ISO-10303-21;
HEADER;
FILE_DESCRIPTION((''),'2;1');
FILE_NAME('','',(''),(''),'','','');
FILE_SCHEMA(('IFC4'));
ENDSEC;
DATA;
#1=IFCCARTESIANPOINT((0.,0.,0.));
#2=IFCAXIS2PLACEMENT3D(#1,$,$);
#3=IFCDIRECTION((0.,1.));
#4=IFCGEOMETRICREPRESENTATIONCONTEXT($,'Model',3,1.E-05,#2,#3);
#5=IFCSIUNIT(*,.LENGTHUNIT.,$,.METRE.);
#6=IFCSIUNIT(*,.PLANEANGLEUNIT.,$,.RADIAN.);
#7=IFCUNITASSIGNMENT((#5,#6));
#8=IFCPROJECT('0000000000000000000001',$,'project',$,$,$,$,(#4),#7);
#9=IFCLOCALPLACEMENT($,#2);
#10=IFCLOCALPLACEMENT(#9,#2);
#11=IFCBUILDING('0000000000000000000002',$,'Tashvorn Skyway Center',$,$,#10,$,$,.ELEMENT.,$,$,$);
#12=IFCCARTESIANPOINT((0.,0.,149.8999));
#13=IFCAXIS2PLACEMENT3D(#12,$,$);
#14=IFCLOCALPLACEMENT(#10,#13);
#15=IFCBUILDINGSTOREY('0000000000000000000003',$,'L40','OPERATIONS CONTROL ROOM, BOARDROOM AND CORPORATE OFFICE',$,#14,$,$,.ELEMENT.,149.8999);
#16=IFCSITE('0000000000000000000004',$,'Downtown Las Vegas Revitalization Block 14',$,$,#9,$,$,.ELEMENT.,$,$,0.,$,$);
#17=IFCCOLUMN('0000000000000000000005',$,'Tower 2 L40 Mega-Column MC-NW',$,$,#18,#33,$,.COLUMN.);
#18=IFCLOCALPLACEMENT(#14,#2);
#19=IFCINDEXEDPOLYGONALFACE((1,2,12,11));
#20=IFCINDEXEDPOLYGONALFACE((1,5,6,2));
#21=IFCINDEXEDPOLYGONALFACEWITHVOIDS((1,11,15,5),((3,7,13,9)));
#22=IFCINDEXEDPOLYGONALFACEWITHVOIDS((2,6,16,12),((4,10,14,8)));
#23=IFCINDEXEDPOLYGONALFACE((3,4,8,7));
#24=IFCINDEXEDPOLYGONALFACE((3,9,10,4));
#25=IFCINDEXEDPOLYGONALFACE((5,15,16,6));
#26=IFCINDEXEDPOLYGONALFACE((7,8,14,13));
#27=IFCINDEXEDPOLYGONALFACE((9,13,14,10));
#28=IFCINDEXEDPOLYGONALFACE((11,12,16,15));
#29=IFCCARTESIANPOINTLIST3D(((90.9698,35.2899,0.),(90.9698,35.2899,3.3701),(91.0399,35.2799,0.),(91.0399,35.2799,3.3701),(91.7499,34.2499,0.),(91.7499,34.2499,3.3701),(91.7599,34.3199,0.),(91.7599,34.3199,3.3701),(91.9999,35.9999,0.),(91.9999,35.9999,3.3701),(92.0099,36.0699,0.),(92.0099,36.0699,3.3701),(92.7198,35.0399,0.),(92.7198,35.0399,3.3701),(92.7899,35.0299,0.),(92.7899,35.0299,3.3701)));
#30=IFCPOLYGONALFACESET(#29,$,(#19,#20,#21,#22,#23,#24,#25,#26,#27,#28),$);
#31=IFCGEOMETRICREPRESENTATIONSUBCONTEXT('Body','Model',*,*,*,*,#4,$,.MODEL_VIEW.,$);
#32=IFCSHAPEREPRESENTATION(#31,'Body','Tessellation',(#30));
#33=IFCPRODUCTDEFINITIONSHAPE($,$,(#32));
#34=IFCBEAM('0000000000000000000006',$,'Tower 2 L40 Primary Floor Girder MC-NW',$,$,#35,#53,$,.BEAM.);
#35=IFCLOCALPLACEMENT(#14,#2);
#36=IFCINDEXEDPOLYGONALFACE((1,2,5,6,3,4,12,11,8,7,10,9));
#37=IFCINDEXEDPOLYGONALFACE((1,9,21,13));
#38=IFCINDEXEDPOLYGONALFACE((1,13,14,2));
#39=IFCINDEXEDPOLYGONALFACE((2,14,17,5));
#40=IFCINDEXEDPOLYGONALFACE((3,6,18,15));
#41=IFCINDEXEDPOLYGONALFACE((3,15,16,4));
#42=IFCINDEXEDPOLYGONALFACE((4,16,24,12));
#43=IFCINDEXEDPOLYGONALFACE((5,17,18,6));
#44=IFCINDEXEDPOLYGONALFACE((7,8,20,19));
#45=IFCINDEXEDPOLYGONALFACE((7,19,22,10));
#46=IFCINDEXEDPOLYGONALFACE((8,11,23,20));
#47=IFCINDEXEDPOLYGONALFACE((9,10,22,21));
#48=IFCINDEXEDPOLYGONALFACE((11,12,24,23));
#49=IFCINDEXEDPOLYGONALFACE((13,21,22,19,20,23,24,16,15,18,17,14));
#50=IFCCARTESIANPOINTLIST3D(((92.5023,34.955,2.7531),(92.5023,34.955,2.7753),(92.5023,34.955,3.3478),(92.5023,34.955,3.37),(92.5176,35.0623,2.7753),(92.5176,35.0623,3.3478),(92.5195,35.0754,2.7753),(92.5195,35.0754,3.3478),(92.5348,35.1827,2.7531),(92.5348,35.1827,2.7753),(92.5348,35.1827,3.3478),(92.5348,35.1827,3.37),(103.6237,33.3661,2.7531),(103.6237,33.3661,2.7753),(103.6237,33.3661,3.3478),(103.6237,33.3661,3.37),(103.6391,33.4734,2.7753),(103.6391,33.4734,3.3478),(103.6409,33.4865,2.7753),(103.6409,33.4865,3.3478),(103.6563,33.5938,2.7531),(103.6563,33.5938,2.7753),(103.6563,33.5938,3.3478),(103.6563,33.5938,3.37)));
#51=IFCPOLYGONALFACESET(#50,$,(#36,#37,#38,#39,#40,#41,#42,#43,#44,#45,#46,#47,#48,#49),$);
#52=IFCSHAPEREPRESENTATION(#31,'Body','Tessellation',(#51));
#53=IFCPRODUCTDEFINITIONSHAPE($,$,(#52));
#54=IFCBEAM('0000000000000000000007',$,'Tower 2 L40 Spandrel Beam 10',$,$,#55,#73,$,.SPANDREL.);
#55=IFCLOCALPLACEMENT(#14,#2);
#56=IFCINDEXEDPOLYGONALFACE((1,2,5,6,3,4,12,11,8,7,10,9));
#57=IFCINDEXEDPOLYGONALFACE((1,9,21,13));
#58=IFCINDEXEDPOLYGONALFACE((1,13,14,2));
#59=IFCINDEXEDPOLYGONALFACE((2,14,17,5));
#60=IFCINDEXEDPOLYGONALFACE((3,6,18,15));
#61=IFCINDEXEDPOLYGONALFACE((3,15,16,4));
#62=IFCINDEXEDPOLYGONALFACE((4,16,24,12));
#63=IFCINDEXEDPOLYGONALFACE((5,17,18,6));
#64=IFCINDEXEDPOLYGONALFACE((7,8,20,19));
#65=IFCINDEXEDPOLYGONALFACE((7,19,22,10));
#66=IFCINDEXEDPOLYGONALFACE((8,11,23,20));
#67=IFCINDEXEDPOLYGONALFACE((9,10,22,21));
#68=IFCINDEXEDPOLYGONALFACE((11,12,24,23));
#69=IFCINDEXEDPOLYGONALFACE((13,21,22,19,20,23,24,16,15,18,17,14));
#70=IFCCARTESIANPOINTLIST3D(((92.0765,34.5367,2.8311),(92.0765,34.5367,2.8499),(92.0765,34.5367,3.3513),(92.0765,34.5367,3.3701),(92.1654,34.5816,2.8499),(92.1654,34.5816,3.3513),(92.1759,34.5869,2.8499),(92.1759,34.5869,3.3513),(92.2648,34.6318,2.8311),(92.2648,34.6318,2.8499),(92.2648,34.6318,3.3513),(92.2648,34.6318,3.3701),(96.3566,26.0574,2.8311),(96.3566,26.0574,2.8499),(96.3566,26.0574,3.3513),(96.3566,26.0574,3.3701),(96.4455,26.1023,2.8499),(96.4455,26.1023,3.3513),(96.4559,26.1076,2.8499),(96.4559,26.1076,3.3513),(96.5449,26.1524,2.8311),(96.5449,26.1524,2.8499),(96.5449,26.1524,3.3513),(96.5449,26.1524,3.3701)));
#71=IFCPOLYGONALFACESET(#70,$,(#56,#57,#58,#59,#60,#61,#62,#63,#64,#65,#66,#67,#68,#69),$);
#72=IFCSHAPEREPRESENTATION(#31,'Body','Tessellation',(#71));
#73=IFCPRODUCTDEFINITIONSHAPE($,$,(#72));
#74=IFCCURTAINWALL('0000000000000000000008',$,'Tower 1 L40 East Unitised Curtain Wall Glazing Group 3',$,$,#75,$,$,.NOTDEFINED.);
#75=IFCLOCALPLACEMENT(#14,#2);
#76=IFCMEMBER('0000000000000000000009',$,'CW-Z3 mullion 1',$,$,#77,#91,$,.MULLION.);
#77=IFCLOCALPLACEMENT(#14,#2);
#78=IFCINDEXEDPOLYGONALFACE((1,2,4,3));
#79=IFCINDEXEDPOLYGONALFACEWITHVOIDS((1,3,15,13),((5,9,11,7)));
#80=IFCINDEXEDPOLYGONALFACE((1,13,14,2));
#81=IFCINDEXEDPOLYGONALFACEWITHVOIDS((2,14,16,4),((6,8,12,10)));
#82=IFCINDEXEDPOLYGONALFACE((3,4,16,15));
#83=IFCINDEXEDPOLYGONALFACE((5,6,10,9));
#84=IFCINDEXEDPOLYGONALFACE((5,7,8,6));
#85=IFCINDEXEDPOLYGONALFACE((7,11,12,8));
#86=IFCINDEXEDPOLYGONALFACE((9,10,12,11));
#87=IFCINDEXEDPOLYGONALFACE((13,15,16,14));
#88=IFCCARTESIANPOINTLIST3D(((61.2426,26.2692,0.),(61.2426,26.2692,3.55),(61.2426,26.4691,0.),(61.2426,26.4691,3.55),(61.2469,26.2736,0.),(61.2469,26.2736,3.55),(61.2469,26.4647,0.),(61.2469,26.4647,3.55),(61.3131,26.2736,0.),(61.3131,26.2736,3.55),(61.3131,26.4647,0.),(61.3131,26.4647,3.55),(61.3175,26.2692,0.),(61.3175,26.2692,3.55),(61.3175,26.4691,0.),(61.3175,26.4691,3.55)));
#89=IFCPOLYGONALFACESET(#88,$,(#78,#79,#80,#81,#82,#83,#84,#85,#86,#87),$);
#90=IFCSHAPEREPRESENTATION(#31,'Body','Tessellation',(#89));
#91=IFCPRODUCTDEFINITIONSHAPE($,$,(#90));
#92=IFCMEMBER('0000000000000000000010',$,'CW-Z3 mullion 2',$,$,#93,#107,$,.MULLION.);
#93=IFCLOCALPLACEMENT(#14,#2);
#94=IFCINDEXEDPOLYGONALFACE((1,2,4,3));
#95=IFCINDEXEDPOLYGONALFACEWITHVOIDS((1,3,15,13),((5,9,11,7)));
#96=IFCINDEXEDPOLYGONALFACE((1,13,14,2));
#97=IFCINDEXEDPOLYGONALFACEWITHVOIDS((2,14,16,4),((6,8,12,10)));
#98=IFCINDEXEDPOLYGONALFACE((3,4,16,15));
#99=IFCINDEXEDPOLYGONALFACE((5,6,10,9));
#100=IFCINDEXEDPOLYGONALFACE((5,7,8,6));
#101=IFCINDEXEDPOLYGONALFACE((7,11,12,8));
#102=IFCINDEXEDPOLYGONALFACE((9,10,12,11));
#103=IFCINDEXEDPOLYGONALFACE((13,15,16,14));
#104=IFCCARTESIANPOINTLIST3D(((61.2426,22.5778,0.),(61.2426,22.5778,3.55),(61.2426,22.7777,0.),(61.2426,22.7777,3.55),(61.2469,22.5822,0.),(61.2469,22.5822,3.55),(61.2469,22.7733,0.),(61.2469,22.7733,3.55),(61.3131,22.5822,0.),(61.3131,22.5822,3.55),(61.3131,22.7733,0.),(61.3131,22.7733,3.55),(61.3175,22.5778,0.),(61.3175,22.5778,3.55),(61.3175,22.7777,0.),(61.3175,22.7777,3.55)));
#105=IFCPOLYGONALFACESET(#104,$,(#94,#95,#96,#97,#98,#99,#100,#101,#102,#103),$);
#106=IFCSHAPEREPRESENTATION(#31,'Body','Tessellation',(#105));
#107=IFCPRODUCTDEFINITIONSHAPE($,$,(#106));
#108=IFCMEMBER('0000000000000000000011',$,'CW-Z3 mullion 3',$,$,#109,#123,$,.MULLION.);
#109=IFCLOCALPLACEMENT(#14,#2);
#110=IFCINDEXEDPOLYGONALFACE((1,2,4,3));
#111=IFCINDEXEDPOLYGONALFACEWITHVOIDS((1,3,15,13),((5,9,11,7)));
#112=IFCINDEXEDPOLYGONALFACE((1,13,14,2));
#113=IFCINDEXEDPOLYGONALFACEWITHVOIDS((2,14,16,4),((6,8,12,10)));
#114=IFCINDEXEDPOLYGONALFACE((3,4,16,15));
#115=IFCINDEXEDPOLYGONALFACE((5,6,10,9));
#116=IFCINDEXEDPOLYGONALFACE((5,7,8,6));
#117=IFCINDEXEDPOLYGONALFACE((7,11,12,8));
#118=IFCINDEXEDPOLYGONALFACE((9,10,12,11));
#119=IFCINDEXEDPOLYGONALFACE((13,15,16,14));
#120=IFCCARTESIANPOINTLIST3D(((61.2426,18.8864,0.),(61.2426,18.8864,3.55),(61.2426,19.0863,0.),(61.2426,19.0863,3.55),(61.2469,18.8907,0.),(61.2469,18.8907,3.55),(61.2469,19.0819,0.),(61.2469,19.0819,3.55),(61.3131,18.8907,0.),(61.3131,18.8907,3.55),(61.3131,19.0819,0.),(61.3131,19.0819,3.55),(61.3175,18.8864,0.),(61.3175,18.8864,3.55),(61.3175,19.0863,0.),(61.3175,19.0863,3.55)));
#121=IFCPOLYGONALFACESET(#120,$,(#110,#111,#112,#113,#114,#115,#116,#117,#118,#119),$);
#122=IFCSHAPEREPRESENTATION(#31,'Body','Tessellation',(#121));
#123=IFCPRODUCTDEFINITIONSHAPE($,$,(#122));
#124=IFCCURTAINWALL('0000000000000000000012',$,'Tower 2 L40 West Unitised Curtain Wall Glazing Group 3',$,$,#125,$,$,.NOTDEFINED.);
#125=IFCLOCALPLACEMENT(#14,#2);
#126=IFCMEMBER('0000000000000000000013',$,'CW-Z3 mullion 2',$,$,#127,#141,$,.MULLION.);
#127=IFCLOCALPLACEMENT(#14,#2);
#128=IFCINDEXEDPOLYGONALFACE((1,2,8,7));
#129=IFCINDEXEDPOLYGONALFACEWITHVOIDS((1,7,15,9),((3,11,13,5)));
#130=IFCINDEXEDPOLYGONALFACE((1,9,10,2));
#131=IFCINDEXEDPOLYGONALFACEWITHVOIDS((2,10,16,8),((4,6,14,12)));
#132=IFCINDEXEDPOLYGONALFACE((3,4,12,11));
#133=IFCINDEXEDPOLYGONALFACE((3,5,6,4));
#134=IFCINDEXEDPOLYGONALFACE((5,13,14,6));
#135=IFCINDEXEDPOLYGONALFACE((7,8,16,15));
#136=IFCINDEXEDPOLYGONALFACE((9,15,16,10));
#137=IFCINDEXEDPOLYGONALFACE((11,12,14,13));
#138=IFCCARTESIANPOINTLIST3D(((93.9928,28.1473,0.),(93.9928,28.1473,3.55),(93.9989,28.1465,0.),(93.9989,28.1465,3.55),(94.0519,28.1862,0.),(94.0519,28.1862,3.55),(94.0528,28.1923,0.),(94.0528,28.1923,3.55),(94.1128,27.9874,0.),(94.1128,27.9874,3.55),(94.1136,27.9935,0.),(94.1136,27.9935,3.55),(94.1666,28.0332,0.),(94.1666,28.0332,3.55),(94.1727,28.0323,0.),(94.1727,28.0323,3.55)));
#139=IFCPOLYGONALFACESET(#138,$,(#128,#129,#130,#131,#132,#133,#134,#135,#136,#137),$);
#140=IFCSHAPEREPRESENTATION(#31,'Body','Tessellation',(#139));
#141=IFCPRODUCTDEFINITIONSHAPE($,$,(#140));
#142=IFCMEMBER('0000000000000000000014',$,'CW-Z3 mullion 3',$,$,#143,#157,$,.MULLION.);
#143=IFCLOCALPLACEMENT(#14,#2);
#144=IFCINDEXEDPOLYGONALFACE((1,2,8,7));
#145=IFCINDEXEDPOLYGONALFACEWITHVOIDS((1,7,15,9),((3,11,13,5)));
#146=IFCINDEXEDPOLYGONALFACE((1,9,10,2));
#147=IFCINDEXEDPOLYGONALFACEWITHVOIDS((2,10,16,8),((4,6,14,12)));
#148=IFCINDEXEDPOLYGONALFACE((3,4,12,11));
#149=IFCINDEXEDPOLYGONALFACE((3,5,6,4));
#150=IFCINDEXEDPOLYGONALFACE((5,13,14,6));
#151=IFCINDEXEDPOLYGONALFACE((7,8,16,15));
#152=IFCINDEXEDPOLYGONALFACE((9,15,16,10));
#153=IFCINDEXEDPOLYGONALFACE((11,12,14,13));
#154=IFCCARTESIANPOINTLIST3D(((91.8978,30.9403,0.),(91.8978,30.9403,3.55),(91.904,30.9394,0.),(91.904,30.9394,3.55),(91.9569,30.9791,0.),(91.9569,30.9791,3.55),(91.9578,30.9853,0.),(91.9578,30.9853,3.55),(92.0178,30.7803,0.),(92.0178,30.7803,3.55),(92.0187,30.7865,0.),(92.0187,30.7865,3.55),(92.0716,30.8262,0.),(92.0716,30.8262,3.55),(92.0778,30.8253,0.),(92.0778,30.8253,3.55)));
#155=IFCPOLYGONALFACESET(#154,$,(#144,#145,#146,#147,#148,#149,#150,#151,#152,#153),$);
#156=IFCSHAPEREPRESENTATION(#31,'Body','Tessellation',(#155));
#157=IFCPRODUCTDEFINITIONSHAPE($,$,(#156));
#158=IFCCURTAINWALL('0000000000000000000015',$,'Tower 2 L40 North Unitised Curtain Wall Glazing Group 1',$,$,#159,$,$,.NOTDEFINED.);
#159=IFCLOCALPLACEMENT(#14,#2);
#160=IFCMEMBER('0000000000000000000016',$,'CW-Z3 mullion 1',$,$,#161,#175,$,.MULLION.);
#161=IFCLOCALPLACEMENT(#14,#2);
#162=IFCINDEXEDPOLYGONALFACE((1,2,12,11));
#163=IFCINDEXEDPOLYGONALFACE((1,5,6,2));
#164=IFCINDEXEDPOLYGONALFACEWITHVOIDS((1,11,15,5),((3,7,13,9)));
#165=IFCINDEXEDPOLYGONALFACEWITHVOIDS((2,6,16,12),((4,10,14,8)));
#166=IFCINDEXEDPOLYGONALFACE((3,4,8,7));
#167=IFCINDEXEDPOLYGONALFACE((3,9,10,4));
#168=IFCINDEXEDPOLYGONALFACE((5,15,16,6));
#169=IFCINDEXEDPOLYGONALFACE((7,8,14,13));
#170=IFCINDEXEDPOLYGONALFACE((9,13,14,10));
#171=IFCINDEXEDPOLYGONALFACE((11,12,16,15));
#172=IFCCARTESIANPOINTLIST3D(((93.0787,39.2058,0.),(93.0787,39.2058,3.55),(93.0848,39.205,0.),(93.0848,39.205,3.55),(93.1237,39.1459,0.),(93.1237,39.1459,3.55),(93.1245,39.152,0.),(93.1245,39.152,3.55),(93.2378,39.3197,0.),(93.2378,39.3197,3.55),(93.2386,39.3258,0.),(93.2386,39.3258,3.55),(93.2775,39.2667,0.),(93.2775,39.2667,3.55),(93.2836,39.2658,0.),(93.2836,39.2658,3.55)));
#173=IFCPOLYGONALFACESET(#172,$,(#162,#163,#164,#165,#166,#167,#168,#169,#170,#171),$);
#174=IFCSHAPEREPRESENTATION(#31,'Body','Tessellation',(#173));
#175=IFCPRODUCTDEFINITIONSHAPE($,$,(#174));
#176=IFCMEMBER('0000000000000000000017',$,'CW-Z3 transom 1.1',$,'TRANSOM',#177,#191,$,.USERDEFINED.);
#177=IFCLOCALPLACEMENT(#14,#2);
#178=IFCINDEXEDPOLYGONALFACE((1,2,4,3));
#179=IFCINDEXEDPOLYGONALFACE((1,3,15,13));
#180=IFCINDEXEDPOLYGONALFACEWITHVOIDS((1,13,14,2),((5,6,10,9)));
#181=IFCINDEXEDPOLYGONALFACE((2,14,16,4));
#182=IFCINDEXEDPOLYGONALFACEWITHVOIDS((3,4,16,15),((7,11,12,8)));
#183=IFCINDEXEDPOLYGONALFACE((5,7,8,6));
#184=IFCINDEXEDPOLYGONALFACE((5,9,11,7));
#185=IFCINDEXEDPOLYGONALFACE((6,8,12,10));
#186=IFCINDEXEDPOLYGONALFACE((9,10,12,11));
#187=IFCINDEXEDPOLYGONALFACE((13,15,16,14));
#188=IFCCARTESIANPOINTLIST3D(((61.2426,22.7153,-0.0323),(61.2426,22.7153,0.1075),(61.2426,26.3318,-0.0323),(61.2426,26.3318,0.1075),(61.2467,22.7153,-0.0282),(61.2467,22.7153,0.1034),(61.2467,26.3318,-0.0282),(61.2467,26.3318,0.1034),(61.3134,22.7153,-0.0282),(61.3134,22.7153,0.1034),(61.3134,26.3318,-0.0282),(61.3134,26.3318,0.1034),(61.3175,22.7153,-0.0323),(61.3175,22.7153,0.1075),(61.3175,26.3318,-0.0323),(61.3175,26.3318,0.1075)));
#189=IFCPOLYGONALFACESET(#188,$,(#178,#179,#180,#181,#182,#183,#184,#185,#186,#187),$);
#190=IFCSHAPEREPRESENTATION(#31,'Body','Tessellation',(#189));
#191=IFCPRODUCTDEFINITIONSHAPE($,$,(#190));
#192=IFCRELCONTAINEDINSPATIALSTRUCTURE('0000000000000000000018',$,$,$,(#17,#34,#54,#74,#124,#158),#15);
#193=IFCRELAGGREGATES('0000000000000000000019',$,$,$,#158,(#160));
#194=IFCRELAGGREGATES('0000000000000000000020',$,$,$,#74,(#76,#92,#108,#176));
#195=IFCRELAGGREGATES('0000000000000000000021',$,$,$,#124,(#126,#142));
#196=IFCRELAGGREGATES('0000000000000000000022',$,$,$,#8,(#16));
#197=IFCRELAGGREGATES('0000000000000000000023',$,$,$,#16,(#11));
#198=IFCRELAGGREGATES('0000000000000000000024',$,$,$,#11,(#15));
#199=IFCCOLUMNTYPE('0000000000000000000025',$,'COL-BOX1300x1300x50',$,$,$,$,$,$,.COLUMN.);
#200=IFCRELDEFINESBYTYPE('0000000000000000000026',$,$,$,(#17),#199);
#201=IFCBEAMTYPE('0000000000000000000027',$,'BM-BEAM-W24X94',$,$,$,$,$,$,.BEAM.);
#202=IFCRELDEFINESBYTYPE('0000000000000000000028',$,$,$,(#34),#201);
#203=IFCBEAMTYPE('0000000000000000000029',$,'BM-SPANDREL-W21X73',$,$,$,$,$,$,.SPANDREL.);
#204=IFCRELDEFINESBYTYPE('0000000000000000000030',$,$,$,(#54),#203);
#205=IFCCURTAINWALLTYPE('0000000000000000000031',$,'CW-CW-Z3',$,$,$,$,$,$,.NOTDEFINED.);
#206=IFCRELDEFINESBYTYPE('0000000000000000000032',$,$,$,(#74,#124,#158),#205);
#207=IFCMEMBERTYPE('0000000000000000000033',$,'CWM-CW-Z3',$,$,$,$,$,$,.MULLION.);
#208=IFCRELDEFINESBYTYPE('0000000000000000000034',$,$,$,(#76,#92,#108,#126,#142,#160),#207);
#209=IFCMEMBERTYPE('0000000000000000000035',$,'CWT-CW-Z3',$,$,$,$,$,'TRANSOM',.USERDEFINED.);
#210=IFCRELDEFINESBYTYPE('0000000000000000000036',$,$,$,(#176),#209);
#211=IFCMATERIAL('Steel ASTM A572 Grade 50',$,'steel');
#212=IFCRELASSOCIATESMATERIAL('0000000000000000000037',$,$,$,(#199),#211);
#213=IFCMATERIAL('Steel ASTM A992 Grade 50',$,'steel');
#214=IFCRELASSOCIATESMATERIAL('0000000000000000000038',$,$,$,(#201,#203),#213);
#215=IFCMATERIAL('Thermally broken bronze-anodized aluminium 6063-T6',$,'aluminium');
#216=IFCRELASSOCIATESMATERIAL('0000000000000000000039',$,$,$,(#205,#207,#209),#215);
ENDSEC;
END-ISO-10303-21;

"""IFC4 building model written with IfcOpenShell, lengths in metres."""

from ifc_helpers import new_model, si_unit, direction, frame, origin, origin_2d, place, context, subcontext, project, spatial, hollow_rectangle, i_section, extrude, material, material_profile, profile_set, type_object, element, aggregate, save


model = new_model("IFC4")

# Units and contexts
model_context = context("Model", 3, precision=1e-05, world=origin(), true_north=direction((0.0, 1.0)))
body_context = subcontext(model_context, "Body", "Model", "MODEL_VIEW")
ifc_project = project(units=[si_unit("LENGTHUNIT", "METRE"), si_unit("PLANEANGLEUNIT", "RADIAN")], contexts=[model_context])

# Site, building, storey
site_placement = place(None, origin())
site = spatial("IfcSite", under=ifc_project, at=site_placement, Name="Downtown Las Vegas Revitalization Block 14", CompositionType="ELEMENT", RefElevation=0.0)
building_placement = place(site_placement, origin())
building = spatial("IfcBuilding", under=site, at=building_placement, Name="Tashvorn Skyway Center", CompositionType="ELEMENT")
storey_placement = place(building_placement, frame((0.0, 0.0, 149.8999)))
storey = spatial("IfcBuildingStorey", under=building, at=storey_placement, Name="L40", Description="OPERATIONS CONTROL ROOM, BOARDROOM AND CORPORATE OFFICE", CompositionType="ELEMENT", Elevation=149.8999)

# Column
ifc_material_1 = material(Name="Steel ASTM A572 Grade 50", Category="steel")
ifc_material_profile_1 = material_profile(ifc_material_1, hollow_rectangle(XDim=1.3, YDim=1.3, WallThickness=0.05, at=origin_2d()), Name="BOX1300x1300x50")
ifc_profile_set_1 = profile_set([ifc_material_profile_1], Name="Steel ASTM A572 Grade 50")
column_type = type_object("IfcColumnType", Name="COL-BOX1300x1300x50", PredefinedType="COLUMN", material=ifc_profile_set_1)
column_placement = place(storey_placement, frame((91.8799, 35.1599, 0.0), z_axis=(0.0, 0.0, 1.0), x_axis=(0.8, 0.6, 0.0)))
element("IfcColumn", 1, at=column_placement, inside=storey, type_object=column_type, Name="Tower 2 L40 Mega-Column MC-NW", PredefinedType="COLUMN", context=body_context, shape_type="SweptSolid", body=[
    extrude(hollow_rectangle(XDim=1.3, YDim=1.3, WallThickness=0.05, at=origin_2d()), origin(), (0.0, 0.0, 1.0), 3.3701),
])

# Beams
ifc_material_2 = material(Name="Steel ASTM A992 Grade 50", Category="steel")
ifc_material_profile_2 = material_profile(ifc_material_2, i_section(OverallWidth=0.23, OverallDepth=0.6169, WebThickness=0.0132, FlangeThickness=0.0222, at=origin_2d()), Name="W24X94")
ifc_profile_set_2 = profile_set([ifc_material_profile_2], Name="Steel ASTM A992 Grade 50")
beam_type_1 = type_object("IfcBeamType", Name="BM-BEAM-W24X94", PredefinedType="BEAM", material=ifc_profile_set_2)
beam_1_placement = place(storey_placement, frame((92.5186, 35.0688, 3.0615), z_axis=(0.989948, -0.14143, 0.0), x_axis=(0.14143, 0.989948, 0.0)))
element("IfcBeam", 2, at=beam_1_placement, inside=storey, type_object=beam_type_1, Name="Tower 2 L40 Primary Floor Girder MC-NW", PredefinedType="BEAM", context=body_context, shape_type="SweptSolid", body=[
    extrude(i_section(OverallWidth=0.23, OverallDepth=0.6169, WebThickness=0.0132, FlangeThickness=0.0222, at=origin_2d()), origin(), (0.0, 0.0, 1.0), 11.2344),
])
ifc_material_profile_3 = material_profile(ifc_material_2, i_section(OverallWidth=0.2109, OverallDepth=0.5391, WebThickness=0.0117, FlangeThickness=0.0188, at=origin_2d()), Name="W21X73")
ifc_profile_set_3 = profile_set([ifc_material_profile_3], Name="Steel ASTM A992 Grade 50")
beam_type_2 = type_object("IfcBeamType", Name="BM-SPANDREL-W21X73", PredefinedType="SPANDREL", material=ifc_profile_set_3)
beam_2_placement = place(storey_placement, frame((92.1707, 34.5842, 3.1006), z_axis=(0.450614, -0.892719, 0.0), x_axis=(0.892719, 0.450614, 0.0)))
element("IfcBeam", 3, at=beam_2_placement, inside=storey, type_object=beam_type_2, Name="Tower 2 L40 Spandrel Beam 10", PredefinedType="SPANDREL", context=body_context, shape_type="SweptSolid", body=[
    extrude(i_section(OverallWidth=0.2109, OverallDepth=0.5391, WebThickness=0.0117, FlangeThickness=0.0188, at=origin_2d()), origin(), (0.0, 0.0, 1.0), 9.4983),
])

# Curtain walls, members
ifc_material_3 = material(Name="Thermally broken bronze-anodized aluminium 6063-T6", Category="aluminium")
curtain_wall_type = type_object("IfcCurtainWallType", Name="CW-CW-Z3", PredefinedType="NOTDEFINED", material=ifc_material_3)
curtain_wall_1_placement = place(storey_placement, origin())
curtain_wall_1 = element("IfcCurtainWall", 4, at=curtain_wall_1_placement, inside=storey, type_object=curtain_wall_type, Name="Tower 1 L40 East Unitised Curtain Wall Glazing Group 3", PredefinedType="NOTDEFINED")
ifc_material_profile_4 = material_profile(ifc_material_3, hollow_rectangle(XDim=0.075, YDim=0.2, WallThickness=0.0044, at=origin_2d()), Name="ALU-MULL-75x200")
ifc_profile_set_4 = profile_set([ifc_material_profile_4], Name="Thermally broken bronze-anodized aluminium 6063-T6")
member_type_1 = type_object("IfcMemberType", Name="CWM-CW-Z3", PredefinedType="MULLION", material=ifc_profile_set_4)
member_1_placement = place(storey_placement, frame((61.28, 26.3691, 0.0), z_axis=(0.0, 0.0, 1.0), x_axis=(1.0, 0.0, 0.0)))
member_1 = element("IfcMember", 5, at=member_1_placement, type_object=member_type_1, Name="CW-Z3 mullion 1", PredefinedType="MULLION", context=body_context, shape_type="SweptSolid", body=[
    extrude(hollow_rectangle(XDim=0.075, YDim=0.2, WallThickness=0.0044, at=origin_2d()), origin(), (0.0, 0.0, 1.0), 3.55),
])
member_2_placement = place(storey_placement, frame((61.28, 22.6777, 0.0), z_axis=(0.0, 0.0, 1.0), x_axis=(1.0, 0.0, 0.0)))
member_2 = element("IfcMember", 6, at=member_2_placement, type_object=member_type_1, Name="CW-Z3 mullion 2", PredefinedType="MULLION", context=body_context, shape_type="SweptSolid", body=[
    extrude(hollow_rectangle(XDim=0.075, YDim=0.2, WallThickness=0.0044, at=origin_2d()), origin(), (0.0, 0.0, 1.0), 3.55),
])
member_3_placement = place(storey_placement, frame((61.28, 18.9863, 0.0), z_axis=(0.0, 0.0, 1.0), x_axis=(1.0, 0.0, 0.0)))
member_3 = element("IfcMember", 7, at=member_3_placement, type_object=member_type_1, Name="CW-Z3 mullion 3", PredefinedType="MULLION", context=body_context, shape_type="SweptSolid", body=[
    extrude(hollow_rectangle(XDim=0.075, YDim=0.2, WallThickness=0.0044, at=origin_2d()), origin(), (0.0, 0.0, 1.0), 3.55),
])
curtain_wall_2_placement = place(storey_placement, origin())
curtain_wall_2 = element("IfcCurtainWall", 8, at=curtain_wall_2_placement, inside=storey, type_object=curtain_wall_type, Name="Tower 2 L40 West Unitised Curtain Wall Glazing Group 3", PredefinedType="NOTDEFINED")
member_4_placement = place(storey_placement, frame((94.0828, 28.0898, 0.0), z_axis=(0.0, 0.0, 1.0), x_axis=(-0.799997, -0.600005, 0.0)))
member_4 = element("IfcMember", 9, at=member_4_placement, type_object=member_type_1, Name="CW-Z3 mullion 2", PredefinedType="MULLION", context=body_context, shape_type="SweptSolid", body=[
    extrude(hollow_rectangle(XDim=0.075, YDim=0.2, WallThickness=0.0044, at=origin_2d()), origin(), (0.0, 0.0, 1.0), 3.55),
])
member_5_placement = place(storey_placement, frame((91.9878, 30.8828, 0.0), z_axis=(0.0, 0.0, 1.0), x_axis=(-0.799997, -0.600005, 0.0)))
member_5 = element("IfcMember", 10, at=member_5_placement, type_object=member_type_1, Name="CW-Z3 mullion 3", PredefinedType="MULLION", context=body_context, shape_type="SweptSolid", body=[
    extrude(hollow_rectangle(XDim=0.075, YDim=0.2, WallThickness=0.0044, at=origin_2d()), origin(), (0.0, 0.0, 1.0), 3.55),
])

# Curtain wall, member
curtain_wall_3_placement = place(storey_placement, origin())
curtain_wall_3 = element("IfcCurtainWall", 11, at=curtain_wall_3_placement, inside=storey, type_object=curtain_wall_type, Name="Tower 2 L40 North Unitised Curtain Wall Glazing Group 1", PredefinedType="NOTDEFINED")
member_6_placement = place(storey_placement, frame((93.1812, 39.2358, 0.0), z_axis=(0.0, 0.0, 1.0), x_axis=(-0.600005, 0.799997, 0.0)))
member_6 = element("IfcMember", 12, at=member_6_placement, type_object=member_type_1, Name="CW-Z3 mullion 1", PredefinedType="MULLION", context=body_context, shape_type="SweptSolid", body=[
    extrude(hollow_rectangle(XDim=0.075, YDim=0.2, WallThickness=0.0044, at=origin_2d()), origin(), (0.0, 0.0, 1.0), 3.55),
])

# Member
ifc_material_profile_5 = material_profile(ifc_material_3, hollow_rectangle(XDim=0.075, YDim=0.1399, WallThickness=0.0042, at=origin_2d()), Name="ALU-TRAN-75x140")
ifc_profile_set_5 = profile_set([ifc_material_profile_5], Name="Thermally broken bronze-anodized aluminium 6063-T6")
member_type_2 = type_object("IfcMemberType", Name="CWT-CW-Z3", ElementType="TRANSOM", PredefinedType="USERDEFINED", material=ifc_profile_set_5)
member_7_placement = place(storey_placement, frame((61.28, 26.3318, 0.0376), z_axis=(0.0, -1.0, 0.0), x_axis=(1.0, 0.0, 0.0)))
member_7 = element("IfcMember", 13, at=member_7_placement, type_object=member_type_2, Name="CW-Z3 transom 1.1", ObjectType="TRANSOM", PredefinedType="USERDEFINED", context=body_context, shape_type="SweptSolid", body=[
    extrude(hollow_rectangle(XDim=0.075, YDim=0.1399, WallThickness=0.0042, at=origin_2d()), origin(), (0.0, 0.0, 1.0), 3.6165),
])
aggregate(curtain_wall_3, [member_6])

aggregate(curtain_wall_1, [member_1, member_2, member_3, member_7])
aggregate(curtain_wall_2, [member_4, member_5])

save(model, "model.ifc")
